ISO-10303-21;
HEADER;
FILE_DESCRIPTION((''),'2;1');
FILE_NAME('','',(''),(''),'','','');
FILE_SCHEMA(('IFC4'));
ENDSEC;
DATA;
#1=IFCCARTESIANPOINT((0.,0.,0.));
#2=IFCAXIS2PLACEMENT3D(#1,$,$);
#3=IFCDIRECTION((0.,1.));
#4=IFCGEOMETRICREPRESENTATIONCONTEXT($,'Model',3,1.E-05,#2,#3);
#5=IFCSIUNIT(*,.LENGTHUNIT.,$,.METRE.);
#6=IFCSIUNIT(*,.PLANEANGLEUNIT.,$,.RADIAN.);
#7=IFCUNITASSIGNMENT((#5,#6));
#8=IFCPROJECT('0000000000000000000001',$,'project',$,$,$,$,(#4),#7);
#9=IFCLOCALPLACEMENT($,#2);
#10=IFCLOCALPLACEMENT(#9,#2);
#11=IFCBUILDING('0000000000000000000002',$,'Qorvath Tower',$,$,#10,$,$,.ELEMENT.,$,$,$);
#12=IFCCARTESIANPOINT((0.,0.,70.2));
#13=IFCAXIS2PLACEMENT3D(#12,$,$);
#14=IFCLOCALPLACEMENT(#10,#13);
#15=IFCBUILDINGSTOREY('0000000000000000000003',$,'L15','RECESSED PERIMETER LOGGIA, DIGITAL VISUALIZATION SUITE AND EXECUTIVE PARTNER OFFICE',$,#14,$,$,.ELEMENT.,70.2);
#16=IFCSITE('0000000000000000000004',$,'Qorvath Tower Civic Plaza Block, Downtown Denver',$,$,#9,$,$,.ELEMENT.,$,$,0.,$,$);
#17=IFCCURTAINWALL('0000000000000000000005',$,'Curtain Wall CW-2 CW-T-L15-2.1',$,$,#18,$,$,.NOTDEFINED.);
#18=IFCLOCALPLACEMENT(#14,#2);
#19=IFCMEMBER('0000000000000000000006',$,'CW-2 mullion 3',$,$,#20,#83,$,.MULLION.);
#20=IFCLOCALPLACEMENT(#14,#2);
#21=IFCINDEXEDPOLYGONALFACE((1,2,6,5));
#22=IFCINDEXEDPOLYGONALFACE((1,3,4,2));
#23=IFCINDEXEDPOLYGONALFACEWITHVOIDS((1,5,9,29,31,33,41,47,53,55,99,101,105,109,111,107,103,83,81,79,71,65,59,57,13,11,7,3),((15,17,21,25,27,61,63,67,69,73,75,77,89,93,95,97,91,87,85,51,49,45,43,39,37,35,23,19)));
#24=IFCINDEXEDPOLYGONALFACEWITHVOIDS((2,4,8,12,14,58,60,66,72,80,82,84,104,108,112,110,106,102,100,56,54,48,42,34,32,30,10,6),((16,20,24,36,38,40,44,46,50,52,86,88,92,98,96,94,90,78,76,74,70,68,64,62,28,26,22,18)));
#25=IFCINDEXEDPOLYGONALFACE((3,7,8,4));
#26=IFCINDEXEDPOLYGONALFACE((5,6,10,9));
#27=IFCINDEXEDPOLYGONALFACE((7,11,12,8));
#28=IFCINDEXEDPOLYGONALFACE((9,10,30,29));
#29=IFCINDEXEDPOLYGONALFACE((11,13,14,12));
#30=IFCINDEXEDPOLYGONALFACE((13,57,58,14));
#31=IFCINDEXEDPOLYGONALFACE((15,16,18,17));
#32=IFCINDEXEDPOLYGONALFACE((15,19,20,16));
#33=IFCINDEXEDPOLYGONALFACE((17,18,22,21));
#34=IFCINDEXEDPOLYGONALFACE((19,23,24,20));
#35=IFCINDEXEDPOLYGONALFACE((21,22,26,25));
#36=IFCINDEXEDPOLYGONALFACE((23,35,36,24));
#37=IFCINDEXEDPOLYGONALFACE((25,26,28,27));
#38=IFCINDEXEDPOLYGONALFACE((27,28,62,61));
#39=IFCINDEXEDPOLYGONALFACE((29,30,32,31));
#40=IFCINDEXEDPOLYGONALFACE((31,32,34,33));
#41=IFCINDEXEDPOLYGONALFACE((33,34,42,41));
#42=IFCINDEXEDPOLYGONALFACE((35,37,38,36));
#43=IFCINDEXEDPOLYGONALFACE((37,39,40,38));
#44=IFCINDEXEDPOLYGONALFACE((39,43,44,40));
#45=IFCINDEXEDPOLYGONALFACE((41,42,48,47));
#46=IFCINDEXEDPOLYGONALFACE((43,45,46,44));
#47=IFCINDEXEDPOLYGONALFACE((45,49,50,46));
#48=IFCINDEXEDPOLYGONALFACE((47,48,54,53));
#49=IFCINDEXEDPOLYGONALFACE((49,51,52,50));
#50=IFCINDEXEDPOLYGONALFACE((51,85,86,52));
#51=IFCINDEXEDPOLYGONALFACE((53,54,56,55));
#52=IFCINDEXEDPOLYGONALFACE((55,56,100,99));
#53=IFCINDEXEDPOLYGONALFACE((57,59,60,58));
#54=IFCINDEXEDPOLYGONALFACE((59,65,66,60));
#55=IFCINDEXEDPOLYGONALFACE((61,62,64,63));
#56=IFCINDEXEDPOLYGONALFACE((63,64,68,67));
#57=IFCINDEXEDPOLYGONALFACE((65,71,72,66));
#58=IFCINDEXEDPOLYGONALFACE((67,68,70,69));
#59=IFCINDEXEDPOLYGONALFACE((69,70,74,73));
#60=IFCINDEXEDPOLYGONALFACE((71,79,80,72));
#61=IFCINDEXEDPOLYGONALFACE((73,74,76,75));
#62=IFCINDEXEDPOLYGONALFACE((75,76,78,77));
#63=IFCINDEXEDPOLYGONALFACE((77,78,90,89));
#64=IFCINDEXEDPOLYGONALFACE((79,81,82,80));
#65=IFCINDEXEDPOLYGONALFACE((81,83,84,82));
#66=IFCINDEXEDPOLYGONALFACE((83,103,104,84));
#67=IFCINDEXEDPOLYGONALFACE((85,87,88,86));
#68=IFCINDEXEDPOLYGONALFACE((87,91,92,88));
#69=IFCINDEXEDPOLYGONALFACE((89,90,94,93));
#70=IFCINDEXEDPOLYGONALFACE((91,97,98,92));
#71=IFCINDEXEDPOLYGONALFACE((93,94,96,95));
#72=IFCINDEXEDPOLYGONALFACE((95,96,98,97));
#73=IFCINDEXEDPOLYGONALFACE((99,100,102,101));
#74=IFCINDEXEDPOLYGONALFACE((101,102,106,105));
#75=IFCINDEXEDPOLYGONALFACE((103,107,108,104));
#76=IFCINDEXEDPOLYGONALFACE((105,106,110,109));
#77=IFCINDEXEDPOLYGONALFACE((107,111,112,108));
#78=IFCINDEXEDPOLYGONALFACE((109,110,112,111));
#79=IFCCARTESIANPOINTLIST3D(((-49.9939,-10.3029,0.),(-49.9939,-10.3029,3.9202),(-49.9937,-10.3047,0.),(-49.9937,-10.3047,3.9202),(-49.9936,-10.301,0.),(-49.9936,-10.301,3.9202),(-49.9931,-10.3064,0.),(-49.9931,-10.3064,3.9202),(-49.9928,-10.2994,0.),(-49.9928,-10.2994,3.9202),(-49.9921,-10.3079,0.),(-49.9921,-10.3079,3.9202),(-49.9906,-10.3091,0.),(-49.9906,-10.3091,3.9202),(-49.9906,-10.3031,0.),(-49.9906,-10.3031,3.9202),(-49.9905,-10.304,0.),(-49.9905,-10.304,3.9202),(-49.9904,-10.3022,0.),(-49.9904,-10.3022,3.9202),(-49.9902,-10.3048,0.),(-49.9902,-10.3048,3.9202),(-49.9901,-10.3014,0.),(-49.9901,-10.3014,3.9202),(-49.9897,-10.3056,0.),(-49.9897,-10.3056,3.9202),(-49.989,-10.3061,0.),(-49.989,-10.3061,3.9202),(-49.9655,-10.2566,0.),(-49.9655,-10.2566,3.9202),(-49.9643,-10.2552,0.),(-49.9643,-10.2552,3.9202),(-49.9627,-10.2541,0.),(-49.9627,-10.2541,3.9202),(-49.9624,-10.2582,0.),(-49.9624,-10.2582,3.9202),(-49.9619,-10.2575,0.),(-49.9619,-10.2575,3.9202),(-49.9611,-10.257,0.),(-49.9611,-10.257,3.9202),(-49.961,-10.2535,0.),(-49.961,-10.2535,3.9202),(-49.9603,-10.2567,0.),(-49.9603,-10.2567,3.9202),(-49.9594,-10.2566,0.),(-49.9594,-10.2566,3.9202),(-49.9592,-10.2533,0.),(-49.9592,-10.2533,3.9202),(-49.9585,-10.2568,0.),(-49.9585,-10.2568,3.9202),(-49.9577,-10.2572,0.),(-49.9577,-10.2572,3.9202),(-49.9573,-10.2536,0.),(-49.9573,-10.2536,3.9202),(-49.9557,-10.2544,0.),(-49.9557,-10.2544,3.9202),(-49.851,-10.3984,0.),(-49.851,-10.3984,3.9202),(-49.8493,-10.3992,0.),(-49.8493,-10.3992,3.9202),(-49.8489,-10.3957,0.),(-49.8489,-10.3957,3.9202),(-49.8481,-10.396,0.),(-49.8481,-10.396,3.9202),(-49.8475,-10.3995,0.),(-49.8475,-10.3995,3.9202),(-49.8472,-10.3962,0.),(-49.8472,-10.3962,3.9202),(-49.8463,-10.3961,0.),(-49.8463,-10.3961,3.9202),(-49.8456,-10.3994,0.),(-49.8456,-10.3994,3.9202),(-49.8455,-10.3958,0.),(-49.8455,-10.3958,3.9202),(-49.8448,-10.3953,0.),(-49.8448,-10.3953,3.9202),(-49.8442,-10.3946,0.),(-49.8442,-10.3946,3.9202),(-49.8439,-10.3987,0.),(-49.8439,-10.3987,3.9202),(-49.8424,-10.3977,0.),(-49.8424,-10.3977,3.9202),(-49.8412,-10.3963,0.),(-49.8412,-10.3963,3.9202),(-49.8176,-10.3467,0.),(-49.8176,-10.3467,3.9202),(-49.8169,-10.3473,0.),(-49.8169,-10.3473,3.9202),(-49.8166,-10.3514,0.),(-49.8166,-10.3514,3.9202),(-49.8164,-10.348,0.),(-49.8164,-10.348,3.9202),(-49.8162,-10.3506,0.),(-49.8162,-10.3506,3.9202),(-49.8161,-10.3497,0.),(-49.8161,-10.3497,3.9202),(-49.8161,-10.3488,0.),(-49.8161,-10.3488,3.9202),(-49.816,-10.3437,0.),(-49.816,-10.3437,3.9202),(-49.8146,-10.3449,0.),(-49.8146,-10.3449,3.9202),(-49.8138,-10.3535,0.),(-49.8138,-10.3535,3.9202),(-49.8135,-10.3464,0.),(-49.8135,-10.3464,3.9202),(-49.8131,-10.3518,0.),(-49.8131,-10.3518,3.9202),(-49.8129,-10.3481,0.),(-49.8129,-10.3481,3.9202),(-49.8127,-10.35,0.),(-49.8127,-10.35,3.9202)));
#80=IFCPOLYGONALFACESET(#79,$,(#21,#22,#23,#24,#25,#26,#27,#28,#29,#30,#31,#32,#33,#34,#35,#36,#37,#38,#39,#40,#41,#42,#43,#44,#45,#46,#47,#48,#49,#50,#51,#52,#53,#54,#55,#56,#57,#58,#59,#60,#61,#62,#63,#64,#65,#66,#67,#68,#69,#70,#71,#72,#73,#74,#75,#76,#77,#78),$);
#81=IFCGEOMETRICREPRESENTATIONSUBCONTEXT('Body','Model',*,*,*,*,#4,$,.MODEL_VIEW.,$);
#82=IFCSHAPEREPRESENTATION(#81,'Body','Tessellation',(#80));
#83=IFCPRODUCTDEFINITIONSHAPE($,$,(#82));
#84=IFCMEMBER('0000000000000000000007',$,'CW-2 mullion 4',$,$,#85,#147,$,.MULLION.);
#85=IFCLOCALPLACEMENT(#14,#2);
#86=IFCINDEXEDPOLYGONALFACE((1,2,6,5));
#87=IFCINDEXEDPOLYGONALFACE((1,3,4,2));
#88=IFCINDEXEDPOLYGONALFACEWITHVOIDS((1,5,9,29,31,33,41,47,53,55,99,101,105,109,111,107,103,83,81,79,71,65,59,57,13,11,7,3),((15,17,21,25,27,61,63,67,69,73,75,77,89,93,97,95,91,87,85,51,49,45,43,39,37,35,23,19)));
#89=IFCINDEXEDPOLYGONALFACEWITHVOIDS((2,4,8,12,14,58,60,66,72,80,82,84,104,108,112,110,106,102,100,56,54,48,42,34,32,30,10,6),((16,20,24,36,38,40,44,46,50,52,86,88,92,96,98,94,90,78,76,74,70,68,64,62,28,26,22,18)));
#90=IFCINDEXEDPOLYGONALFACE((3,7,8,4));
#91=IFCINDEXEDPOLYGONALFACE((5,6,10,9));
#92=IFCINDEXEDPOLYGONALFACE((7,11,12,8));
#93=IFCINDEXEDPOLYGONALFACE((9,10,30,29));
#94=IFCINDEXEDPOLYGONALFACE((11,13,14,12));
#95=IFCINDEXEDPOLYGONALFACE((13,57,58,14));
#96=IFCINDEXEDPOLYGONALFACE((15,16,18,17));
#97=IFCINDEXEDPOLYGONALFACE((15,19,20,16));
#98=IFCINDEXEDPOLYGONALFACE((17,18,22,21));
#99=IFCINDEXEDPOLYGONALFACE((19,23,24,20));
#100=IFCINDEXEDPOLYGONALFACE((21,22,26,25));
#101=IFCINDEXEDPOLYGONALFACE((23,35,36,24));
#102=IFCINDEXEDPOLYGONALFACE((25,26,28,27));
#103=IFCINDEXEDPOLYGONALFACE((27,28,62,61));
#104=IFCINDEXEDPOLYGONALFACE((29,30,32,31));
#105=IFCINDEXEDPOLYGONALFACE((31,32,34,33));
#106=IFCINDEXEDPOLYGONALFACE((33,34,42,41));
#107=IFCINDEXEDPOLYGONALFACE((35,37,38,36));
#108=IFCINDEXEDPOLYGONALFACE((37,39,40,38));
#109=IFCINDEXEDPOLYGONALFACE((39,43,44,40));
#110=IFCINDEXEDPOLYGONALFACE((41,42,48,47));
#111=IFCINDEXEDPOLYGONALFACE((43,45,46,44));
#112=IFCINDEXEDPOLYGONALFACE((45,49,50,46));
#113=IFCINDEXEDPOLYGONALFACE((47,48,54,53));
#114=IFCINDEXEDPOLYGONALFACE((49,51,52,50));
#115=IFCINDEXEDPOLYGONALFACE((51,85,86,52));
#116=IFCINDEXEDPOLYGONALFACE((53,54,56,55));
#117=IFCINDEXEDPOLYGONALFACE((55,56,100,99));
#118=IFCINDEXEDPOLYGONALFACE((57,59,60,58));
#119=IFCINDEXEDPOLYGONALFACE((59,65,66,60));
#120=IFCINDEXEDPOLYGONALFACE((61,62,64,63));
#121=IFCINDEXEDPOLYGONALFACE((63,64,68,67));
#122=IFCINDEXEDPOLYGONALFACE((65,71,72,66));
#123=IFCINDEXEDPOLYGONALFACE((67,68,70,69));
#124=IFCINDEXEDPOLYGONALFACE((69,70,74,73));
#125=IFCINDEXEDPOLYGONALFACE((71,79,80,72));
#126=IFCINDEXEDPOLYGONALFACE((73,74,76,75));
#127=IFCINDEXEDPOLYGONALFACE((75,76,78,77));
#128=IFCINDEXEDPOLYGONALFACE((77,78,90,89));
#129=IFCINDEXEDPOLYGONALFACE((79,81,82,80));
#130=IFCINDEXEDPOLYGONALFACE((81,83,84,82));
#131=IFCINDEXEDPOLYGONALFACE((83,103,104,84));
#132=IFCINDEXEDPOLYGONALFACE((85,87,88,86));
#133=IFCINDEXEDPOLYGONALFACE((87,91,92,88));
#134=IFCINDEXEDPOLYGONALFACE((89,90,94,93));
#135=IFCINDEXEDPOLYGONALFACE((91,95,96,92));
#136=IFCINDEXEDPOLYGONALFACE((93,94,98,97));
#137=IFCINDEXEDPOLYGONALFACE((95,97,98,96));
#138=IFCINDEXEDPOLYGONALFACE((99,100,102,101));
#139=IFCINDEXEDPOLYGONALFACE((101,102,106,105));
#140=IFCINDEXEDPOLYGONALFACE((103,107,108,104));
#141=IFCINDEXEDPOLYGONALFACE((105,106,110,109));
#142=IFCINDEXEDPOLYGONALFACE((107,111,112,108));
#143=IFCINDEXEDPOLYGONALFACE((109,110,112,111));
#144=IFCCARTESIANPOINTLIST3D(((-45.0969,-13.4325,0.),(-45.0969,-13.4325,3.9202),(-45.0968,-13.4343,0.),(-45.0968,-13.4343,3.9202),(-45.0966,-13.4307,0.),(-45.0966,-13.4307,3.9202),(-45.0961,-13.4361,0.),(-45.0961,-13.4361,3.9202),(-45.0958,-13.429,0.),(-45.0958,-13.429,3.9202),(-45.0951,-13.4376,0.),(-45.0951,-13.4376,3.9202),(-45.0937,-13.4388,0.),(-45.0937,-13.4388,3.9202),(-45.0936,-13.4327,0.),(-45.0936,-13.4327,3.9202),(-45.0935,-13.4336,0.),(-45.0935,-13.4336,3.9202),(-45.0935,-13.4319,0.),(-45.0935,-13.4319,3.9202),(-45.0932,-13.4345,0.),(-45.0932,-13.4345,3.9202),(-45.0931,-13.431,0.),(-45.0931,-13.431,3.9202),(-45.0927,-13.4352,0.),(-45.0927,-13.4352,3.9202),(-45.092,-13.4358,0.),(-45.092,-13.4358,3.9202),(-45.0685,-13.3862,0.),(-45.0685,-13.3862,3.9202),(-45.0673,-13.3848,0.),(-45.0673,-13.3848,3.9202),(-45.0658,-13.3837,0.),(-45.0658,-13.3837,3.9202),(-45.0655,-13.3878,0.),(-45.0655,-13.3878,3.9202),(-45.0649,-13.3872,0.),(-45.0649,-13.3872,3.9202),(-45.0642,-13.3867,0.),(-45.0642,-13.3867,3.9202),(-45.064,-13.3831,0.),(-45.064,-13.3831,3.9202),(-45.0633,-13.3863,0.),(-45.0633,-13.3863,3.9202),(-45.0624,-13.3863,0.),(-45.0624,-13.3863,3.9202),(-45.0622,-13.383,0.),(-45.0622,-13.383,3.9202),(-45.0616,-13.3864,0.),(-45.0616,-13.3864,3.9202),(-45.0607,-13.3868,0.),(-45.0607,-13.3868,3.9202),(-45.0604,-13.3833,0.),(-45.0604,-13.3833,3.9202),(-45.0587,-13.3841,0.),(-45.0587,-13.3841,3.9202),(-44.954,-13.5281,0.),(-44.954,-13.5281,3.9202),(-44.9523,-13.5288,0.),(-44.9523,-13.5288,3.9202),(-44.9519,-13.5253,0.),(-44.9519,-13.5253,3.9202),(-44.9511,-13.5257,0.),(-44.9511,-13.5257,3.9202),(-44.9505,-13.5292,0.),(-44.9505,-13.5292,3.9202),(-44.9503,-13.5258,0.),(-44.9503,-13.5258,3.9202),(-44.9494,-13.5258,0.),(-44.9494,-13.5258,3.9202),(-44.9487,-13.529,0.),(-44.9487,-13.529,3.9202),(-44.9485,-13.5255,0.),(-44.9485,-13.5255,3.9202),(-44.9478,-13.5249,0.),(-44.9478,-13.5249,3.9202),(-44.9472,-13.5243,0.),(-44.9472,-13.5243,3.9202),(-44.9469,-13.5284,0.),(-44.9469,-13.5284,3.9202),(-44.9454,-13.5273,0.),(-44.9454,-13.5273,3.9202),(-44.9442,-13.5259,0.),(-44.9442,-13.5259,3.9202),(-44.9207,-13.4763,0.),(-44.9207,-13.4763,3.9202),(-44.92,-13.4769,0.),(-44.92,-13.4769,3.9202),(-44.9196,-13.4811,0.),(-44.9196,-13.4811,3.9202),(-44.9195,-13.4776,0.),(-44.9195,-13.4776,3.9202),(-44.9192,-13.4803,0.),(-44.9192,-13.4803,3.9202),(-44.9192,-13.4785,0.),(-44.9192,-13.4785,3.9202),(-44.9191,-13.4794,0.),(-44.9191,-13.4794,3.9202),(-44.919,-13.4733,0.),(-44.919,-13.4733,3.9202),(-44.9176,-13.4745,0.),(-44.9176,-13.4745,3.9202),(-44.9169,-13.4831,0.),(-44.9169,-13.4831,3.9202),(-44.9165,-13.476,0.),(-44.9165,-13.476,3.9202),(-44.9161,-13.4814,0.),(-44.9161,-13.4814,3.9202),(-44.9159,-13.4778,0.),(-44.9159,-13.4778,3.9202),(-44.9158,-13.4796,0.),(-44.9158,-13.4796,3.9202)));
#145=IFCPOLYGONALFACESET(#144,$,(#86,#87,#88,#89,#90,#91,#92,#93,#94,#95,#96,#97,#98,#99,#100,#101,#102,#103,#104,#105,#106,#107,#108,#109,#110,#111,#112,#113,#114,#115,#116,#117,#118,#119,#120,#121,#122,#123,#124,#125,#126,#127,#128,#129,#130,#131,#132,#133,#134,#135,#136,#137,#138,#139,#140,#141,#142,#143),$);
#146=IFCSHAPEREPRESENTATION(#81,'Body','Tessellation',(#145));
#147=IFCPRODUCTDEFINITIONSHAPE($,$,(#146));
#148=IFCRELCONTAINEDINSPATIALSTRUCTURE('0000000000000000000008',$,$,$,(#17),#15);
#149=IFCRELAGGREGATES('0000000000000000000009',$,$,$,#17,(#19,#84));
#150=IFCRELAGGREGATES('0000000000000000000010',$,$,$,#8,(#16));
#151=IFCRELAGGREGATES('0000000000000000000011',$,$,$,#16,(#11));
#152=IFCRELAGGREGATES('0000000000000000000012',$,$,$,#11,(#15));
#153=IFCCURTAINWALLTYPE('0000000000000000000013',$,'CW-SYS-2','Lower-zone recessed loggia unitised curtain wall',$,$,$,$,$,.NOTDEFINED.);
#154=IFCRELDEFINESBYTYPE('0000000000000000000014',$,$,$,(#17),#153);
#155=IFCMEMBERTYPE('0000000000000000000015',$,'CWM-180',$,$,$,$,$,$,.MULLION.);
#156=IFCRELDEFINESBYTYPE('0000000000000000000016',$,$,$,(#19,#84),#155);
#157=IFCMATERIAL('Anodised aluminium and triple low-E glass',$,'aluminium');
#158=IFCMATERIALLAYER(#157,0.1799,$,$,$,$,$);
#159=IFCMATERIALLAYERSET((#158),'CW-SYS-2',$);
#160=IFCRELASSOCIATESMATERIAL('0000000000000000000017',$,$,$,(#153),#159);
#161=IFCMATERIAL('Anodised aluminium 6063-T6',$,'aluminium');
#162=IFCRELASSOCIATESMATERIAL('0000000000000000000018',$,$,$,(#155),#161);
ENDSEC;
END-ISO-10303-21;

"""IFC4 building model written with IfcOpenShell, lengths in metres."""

from ifc_helpers import new_model, si_unit, direction, frame, origin, origin_2d, place, context, subcontext, project, spatial, hollow_rectangle, extrude, material, layer, layer_set, material_profile, profile_set, type_object, element, aggregate, save


model = new_model("IFC4")

# Units and contexts
model_context = context("Model", 3, precision=1e-05, world=origin(), true_north=direction((0.0, 1.0)))
body_context = subcontext(model_context, "Body", "Model", "MODEL_VIEW")
ifc_project = project(units=[si_unit("LENGTHUNIT", "METRE"), si_unit("PLANEANGLEUNIT", "RADIAN")], contexts=[model_context])

# Site, building, storey
site_placement = place(None, origin())
site = spatial("IfcSite", under=ifc_project, at=site_placement, Name="Qorvath Tower Civic Plaza Block, Downtown Denver", CompositionType="ELEMENT", RefElevation=0.0)
building_placement = place(site_placement, origin())
building = spatial("IfcBuilding", under=site, at=building_placement, Name="Qorvath Tower", CompositionType="ELEMENT")
storey_placement = place(building_placement, frame((0.0, 0.0, 70.2)))
storey = spatial("IfcBuildingStorey", under=building, at=storey_placement, Name="L15", Description="RECESSED PERIMETER LOGGIA, DIGITAL VISUALIZATION SUITE AND EXECUTIVE PARTNER OFFICE", CompositionType="ELEMENT", Elevation=70.2)

# Curtain wall, members
ifc_material_1 = material(Name="Anodised aluminium and triple low-E glass", Category="aluminium")
ifc_layer_1 = layer(ifc_material_1, 0.1799)
ifc_layer_set_1 = layer_set([ifc_layer_1], Name="CW-SYS-2")
curtain_wall_type = type_object("IfcCurtainWallType", Name="CW-SYS-2", Description="Lower-zone recessed loggia unitised curtain wall", PredefinedType="NOTDEFINED", material=ifc_layer_set_1)
curtain_wall_placement = place(storey_placement, origin())
curtain_wall = element("IfcCurtainWall", 1, at=curtain_wall_placement, inside=storey, type_object=curtain_wall_type, Name="Curtain Wall CW-2 CW-T-L15-2.1", PredefinedType="NOTDEFINED")
ifc_material_2 = material(Name="Anodised aluminium 6063-T6", Category="aluminium")
ifc_material_profile_1 = material_profile(ifc_material_2, hollow_rectangle(XDim=0.0649, YDim=0.1799, WallThickness=0.0034, InnerFilletRadius=0.0034, OuterFilletRadius=0.0071, at=origin_2d()), Name="CWM 180x65")
ifc_profile_set_1 = profile_set([ifc_material_profile_1], Name="Anodised aluminium 6063-T6")
member_type_1 = type_object("IfcMemberType", Name="CWM-180", PredefinedType="MULLION", material=ifc_profile_set_1)
member_1_placement = place(storey_placement, frame((-49.9033, -10.3264, 0.0), z_axis=(0.0, 0.0, 1.0), x_axis=(0.538531, 0.842606, 0.0)))
member_1 = element("IfcMember", 2, at=member_1_placement, type_object=member_type_1, Name="CW-2 mullion 3", PredefinedType="MULLION", context=body_context, shape_type="SweptSolid", body=[
    extrude(hollow_rectangle(XDim=0.0649, YDim=0.1799, WallThickness=0.0034, InnerFilletRadius=0.0034, OuterFilletRadius=0.0071, at=origin_2d()), origin(), (0.0, 0.0, 1.0), 3.9202),
])
member_2_placement = place(storey_placement, frame((-45.0063, -13.4561, 0.0), z_axis=(0.0, 0.0, 1.0), x_axis=(0.538531, 0.842606, 0.0)))
member_2 = element("IfcMember", 3, at=member_2_placement, type_object=member_type_1, Name="CW-2 mullion 4", PredefinedType="MULLION", context=body_context, shape_type="SweptSolid", body=[
    extrude(hollow_rectangle(XDim=0.0649, YDim=0.1799, WallThickness=0.0034, InnerFilletRadius=0.0034, OuterFilletRadius=0.0071, at=origin_2d()), origin(), (0.0, 0.0, 1.0), 3.9202),
])
aggregate(curtain_wall, [member_1, member_2])

save(model, "model.ifc")
